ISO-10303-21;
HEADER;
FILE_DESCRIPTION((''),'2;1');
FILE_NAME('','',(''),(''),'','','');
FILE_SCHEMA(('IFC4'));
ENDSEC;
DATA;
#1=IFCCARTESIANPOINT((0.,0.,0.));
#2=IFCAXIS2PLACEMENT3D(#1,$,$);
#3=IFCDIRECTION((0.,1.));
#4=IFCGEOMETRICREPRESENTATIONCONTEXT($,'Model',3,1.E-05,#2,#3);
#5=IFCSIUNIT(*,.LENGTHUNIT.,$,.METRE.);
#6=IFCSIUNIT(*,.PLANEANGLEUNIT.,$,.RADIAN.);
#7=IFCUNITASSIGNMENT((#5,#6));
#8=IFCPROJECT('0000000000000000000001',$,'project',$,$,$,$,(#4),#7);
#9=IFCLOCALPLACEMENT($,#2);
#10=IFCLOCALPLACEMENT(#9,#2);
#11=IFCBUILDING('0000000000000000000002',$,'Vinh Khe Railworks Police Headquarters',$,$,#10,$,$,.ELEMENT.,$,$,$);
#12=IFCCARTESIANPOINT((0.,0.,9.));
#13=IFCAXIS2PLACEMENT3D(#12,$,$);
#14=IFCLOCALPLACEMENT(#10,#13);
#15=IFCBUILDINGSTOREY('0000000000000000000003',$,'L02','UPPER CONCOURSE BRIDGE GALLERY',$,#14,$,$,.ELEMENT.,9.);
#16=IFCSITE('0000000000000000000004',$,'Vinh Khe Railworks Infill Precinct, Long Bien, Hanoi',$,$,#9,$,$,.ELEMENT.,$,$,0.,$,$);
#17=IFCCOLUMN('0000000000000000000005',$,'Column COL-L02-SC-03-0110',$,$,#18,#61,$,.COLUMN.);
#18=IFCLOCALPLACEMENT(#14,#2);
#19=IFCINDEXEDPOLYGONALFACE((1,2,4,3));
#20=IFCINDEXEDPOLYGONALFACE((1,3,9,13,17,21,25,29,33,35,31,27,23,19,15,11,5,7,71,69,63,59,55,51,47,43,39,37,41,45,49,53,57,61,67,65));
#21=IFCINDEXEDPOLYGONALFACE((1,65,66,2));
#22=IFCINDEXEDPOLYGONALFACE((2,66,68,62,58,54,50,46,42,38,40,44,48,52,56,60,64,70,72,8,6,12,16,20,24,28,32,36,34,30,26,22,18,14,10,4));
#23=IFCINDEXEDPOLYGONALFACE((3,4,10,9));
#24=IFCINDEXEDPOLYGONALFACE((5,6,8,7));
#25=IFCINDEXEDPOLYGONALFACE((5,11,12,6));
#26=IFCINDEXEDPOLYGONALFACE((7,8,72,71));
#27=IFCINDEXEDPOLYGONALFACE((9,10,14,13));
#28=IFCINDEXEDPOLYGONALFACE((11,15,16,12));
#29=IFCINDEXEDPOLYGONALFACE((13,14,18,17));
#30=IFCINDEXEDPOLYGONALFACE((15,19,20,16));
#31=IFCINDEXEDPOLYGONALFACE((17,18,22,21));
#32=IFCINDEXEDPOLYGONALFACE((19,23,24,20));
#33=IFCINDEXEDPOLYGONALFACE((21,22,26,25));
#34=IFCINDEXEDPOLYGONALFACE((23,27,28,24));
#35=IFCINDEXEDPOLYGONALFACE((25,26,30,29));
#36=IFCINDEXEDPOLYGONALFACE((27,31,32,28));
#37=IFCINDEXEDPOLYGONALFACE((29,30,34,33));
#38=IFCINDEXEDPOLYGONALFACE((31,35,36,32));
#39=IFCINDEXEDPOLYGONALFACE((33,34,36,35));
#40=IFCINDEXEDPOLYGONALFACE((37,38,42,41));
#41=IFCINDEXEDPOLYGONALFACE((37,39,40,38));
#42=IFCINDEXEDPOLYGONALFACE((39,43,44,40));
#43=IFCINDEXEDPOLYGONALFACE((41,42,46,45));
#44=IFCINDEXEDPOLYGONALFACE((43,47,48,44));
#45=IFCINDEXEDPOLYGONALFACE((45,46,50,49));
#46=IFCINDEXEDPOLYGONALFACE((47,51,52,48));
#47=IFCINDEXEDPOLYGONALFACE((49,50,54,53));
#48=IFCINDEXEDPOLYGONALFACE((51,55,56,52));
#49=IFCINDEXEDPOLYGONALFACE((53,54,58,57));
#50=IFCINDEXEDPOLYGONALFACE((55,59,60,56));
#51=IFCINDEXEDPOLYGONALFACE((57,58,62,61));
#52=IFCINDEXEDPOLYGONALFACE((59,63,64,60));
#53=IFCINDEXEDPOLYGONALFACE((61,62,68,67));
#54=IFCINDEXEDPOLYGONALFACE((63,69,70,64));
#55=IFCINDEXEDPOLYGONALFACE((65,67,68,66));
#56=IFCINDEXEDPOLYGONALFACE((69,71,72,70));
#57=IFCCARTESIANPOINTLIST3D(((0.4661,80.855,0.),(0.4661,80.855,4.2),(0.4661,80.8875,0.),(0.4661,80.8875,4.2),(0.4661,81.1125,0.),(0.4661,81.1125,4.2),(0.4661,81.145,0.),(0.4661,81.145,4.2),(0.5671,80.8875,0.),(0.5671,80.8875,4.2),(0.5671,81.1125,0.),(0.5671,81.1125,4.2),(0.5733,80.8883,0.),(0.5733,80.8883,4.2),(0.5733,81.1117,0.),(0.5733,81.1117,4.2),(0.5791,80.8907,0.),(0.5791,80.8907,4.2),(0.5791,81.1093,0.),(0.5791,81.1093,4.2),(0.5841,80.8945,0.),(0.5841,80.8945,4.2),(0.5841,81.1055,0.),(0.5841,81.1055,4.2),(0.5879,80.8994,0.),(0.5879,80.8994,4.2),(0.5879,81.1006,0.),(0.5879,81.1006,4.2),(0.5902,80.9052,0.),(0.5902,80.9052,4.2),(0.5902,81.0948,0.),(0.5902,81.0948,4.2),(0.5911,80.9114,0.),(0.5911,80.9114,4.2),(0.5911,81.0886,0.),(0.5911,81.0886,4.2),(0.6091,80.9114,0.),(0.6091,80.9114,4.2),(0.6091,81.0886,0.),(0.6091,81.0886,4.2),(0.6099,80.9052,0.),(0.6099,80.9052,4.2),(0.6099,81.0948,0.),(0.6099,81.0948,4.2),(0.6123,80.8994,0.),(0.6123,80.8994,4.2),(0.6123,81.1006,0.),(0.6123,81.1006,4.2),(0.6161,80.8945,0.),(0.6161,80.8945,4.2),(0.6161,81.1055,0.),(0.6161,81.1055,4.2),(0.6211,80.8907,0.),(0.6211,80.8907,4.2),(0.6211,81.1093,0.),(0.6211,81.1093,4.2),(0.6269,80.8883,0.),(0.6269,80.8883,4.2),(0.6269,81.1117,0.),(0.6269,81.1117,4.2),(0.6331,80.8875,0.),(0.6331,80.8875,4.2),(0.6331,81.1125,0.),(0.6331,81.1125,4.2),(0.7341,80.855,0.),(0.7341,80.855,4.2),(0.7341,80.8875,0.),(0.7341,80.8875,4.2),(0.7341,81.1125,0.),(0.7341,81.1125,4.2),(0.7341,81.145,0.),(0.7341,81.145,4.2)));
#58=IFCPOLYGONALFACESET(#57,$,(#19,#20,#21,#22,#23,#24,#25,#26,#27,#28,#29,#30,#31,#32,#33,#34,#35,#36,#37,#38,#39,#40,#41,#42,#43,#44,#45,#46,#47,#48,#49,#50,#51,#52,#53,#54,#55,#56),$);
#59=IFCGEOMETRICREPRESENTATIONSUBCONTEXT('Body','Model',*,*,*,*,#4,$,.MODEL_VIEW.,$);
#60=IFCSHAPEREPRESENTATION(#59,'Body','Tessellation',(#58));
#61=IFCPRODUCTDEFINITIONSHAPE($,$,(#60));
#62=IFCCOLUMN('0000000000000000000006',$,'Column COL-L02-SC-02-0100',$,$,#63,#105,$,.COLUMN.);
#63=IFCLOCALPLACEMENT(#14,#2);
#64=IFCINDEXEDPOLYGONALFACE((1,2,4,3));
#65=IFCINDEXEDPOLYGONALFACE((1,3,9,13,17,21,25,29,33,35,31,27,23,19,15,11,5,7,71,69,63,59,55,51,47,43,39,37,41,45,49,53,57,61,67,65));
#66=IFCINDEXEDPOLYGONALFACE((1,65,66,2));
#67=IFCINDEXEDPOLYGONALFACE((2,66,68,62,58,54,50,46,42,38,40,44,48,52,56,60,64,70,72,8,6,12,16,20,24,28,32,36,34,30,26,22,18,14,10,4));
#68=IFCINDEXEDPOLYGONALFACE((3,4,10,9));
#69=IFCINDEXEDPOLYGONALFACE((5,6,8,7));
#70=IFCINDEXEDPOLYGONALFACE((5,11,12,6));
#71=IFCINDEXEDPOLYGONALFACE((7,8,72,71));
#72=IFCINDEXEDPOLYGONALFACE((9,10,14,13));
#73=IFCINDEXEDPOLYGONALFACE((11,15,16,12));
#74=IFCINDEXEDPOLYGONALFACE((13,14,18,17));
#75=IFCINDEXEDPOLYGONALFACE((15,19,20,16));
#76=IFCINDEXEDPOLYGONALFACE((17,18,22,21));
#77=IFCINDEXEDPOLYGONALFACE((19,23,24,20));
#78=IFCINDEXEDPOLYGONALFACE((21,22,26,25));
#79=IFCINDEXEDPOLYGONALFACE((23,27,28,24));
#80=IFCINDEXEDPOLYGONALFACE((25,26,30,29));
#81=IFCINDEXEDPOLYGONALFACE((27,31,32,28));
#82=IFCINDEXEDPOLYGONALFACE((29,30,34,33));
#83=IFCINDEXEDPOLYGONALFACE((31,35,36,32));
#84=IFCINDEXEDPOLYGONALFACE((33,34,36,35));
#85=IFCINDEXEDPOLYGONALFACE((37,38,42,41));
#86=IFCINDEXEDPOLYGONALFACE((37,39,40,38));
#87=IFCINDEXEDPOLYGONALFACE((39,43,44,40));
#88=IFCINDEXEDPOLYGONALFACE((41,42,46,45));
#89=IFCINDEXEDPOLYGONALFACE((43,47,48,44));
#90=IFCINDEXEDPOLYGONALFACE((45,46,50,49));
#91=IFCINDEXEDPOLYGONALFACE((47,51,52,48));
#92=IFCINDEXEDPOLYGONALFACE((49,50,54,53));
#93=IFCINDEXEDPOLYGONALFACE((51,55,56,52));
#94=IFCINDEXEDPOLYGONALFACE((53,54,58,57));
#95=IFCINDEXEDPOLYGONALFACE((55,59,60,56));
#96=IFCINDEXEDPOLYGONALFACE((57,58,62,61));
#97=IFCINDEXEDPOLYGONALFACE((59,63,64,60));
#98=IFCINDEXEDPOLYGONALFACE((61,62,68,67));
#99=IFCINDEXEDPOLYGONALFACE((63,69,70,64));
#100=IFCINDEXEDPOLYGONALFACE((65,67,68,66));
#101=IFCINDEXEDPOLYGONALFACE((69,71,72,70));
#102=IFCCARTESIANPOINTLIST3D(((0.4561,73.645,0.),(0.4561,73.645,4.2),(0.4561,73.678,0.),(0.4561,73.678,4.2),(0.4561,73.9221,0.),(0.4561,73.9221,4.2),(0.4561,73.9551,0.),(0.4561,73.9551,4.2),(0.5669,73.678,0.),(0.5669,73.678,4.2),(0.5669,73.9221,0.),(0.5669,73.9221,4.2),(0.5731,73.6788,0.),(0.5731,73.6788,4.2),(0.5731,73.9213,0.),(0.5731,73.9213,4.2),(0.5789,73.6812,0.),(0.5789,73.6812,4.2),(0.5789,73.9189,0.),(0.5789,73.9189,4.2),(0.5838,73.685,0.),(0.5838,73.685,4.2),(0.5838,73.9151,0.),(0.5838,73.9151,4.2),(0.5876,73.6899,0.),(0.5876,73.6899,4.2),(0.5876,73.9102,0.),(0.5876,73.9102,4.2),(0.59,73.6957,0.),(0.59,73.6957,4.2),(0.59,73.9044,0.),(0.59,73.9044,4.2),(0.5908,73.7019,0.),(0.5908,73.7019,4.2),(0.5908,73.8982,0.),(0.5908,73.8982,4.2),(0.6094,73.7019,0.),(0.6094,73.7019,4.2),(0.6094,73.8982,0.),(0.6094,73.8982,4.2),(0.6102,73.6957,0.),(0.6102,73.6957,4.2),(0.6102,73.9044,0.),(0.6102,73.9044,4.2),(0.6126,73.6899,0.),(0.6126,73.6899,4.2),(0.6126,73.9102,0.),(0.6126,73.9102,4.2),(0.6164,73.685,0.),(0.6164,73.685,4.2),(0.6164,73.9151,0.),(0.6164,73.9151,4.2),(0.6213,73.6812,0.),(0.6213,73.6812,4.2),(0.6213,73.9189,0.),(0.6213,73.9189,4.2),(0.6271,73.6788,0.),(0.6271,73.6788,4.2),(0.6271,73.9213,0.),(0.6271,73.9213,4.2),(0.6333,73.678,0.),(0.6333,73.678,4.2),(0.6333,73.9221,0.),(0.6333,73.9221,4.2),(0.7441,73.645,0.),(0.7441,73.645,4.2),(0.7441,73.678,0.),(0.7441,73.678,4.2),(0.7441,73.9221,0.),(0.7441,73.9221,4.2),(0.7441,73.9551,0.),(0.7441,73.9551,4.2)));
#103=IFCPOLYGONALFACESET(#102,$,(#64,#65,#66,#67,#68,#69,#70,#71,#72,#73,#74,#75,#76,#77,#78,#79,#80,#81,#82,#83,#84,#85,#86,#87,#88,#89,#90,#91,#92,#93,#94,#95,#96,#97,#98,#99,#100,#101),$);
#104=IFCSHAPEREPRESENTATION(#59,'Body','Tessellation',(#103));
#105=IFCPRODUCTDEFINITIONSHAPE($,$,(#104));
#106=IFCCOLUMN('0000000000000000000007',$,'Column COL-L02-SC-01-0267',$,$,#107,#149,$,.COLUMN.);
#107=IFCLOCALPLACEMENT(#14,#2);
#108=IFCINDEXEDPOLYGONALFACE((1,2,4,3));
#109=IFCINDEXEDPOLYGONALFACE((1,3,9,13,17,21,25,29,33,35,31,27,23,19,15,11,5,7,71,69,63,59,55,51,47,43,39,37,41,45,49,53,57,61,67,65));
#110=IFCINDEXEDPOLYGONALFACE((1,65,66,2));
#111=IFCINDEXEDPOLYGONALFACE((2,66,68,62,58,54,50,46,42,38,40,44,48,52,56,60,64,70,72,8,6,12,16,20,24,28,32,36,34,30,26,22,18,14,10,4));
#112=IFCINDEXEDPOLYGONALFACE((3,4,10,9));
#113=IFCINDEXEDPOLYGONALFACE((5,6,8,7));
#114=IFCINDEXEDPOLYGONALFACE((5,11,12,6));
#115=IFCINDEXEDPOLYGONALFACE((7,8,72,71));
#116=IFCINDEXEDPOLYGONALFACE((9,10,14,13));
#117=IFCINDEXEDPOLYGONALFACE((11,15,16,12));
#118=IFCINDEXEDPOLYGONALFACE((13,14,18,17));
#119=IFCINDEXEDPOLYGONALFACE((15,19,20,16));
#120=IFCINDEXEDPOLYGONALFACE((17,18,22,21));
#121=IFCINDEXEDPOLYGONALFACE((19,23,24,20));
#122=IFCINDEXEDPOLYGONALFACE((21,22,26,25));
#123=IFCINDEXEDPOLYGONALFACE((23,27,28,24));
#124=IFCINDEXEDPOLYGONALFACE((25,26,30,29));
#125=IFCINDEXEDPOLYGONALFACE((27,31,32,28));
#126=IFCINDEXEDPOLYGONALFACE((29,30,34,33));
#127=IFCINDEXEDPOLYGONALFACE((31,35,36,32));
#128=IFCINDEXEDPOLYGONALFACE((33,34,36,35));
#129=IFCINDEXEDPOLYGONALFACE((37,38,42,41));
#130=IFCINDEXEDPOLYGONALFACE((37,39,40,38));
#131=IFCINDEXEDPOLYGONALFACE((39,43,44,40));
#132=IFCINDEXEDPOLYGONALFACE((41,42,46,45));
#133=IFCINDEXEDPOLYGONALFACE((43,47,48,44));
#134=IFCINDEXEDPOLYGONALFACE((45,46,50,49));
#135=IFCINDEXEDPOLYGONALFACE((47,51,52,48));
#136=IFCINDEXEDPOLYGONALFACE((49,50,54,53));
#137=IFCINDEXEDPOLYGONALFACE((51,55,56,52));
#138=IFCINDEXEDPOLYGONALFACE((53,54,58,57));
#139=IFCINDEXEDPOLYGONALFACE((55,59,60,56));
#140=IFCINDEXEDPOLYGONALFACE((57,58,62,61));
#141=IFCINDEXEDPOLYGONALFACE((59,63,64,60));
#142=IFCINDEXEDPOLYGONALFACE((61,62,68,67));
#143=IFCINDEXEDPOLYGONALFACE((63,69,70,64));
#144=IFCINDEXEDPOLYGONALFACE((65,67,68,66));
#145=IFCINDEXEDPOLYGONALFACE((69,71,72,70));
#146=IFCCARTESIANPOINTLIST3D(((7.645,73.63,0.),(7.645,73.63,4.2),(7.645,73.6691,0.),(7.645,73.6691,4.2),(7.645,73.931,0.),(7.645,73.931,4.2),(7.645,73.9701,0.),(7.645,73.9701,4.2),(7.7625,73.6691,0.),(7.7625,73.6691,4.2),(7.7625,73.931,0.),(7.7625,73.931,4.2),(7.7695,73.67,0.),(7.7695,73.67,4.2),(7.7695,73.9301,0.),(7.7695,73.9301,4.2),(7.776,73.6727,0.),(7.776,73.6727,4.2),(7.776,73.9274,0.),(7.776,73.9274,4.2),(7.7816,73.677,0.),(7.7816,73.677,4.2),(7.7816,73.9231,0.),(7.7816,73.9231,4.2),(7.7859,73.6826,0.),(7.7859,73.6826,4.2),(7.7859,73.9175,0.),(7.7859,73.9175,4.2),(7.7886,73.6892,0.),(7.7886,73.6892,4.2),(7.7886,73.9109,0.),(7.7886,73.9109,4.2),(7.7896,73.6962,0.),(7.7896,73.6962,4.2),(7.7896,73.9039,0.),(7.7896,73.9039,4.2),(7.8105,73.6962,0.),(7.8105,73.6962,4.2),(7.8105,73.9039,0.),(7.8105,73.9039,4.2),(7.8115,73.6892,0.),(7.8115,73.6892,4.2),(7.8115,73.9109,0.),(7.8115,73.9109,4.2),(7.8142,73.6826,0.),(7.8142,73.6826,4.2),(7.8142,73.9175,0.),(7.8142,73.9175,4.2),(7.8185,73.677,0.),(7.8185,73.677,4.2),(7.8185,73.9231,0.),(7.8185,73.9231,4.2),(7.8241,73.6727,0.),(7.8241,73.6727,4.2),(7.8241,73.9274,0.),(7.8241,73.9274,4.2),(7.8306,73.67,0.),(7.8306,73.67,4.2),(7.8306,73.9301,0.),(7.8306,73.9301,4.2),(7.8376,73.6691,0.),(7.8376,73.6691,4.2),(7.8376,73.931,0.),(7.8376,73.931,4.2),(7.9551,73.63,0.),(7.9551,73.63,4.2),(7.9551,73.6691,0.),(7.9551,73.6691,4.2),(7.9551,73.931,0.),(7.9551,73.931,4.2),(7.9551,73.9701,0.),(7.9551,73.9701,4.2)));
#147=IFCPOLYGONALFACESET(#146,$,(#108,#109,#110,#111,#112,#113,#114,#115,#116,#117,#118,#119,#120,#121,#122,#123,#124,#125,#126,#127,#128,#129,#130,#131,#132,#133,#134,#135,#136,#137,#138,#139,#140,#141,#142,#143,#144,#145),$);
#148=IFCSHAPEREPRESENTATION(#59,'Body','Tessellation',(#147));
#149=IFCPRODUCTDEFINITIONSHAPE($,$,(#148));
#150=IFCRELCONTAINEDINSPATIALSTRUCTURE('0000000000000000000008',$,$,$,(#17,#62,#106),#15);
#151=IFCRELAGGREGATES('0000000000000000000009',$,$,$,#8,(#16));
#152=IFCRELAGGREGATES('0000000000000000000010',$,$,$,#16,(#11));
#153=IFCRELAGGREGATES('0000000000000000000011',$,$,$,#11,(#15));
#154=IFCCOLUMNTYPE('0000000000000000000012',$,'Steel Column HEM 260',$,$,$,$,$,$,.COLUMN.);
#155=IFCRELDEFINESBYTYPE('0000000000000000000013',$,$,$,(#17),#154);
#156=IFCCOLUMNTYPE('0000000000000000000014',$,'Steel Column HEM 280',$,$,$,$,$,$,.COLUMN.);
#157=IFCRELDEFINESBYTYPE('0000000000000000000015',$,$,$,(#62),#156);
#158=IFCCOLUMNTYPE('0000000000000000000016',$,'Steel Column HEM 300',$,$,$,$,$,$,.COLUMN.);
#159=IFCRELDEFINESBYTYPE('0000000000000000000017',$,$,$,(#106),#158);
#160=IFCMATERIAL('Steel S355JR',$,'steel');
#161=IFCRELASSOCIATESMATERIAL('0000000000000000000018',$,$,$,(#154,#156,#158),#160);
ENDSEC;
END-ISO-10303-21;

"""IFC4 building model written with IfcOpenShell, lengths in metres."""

from ifc_helpers import new_model, si_unit, direction, frame, origin, origin_2d, place, context, subcontext, project, spatial, i_section, extrude, material, material_profile, profile_set, type_object, element, save


model = new_model("IFC4")

# Units and contexts
model_context = context("Model", 3, precision=1e-05, world=origin(), true_north=direction((0.0, 1.0)))
body_context = subcontext(model_context, "Body", "Model", "MODEL_VIEW")
ifc_project = project(units=[si_unit("LENGTHUNIT", "METRE"), si_unit("PLANEANGLEUNIT", "RADIAN")], contexts=[model_context])

# Site, building, storey
site_placement = place(None, origin())
site = spatial("IfcSite", under=ifc_project, at=site_placement, Name="Vinh Khe Railworks Infill Precinct, Long Bien, Hanoi", CompositionType="ELEMENT", RefElevation=0.0)
building_placement = place(site_placement, origin())
building = spatial("IfcBuilding", under=site, at=building_placement, Name="Vinh Khe Railworks Police Headquarters", CompositionType="ELEMENT")
storey_placement = place(building_placement, frame((0.0, 0.0, 9.0)))
storey = spatial("IfcBuildingStorey", under=building, at=storey_placement, Name="L02", Description="UPPER CONCOURSE BRIDGE GALLERY", CompositionType="ELEMENT", Elevation=9.0)

# Columns
ifc_material_1 = material(Name="Steel S355JR", Category="steel")
ifc_material_profile_1 = material_profile(ifc_material_1, i_section(OverallWidth=0.2681, OverallDepth=0.29, WebThickness=0.0181, FlangeThickness=0.0325, FilletRadius=0.0239, at=origin_2d()), Name="HEM 260")
ifc_profile_set_1 = profile_set([ifc_material_profile_1], Name="Steel S355JR")
column_type_1 = type_object("IfcColumnType", Name="Steel Column HEM 260", PredefinedType="COLUMN", material=ifc_profile_set_1)
column_1_placement = place(storey_placement, frame((0.6001, 81.0, 0.0), z_axis=(0.0, 0.0, 1.0), x_axis=(1.0, 0.0, 0.0)))
element("IfcColumn", 1, at=column_1_placement, inside=storey, type_object=column_type_1, Name="Column COL-L02-SC-03-0110", PredefinedType="COLUMN", context=body_context, shape_type="SweptSolid", body=[
    extrude(i_section(OverallWidth=0.2681, OverallDepth=0.29, WebThickness=0.0181, FlangeThickness=0.0325, FilletRadius=0.0239, at=origin_2d()), origin(), (0.0, 0.0, 1.0), 4.2),
])
ifc_material_profile_2 = material_profile(ifc_material_1, i_section(OverallWidth=0.2881, OverallDepth=0.3101, WebThickness=0.0186, FlangeThickness=0.033, FilletRadius=0.0239, at=origin_2d()), Name="HEM 280")
ifc_profile_set_2 = profile_set([ifc_material_profile_2], Name="Steel S355JR")
column_type_2 = type_object("IfcColumnType", Name="Steel Column HEM 280", PredefinedType="COLUMN", material=ifc_profile_set_2)
column_2_placement = place(storey_placement, frame((0.6001, 73.8, 0.0), z_axis=(0.0, 0.0, 1.0), x_axis=(1.0, 0.0, 0.0)))
element("IfcColumn", 2, at=column_2_placement, inside=storey, type_object=column_type_2, Name="Column COL-L02-SC-02-0100", PredefinedType="COLUMN", context=body_context, shape_type="SweptSolid", body=[
    extrude(i_section(OverallWidth=0.2881, OverallDepth=0.3101, WebThickness=0.0186, FlangeThickness=0.033, FilletRadius=0.0239, at=origin_2d()), origin(), (0.0, 0.0, 1.0), 4.2),
])
ifc_material_profile_3 = material_profile(ifc_material_1, i_section(OverallWidth=0.3101, OverallDepth=0.3401, WebThickness=0.021, FlangeThickness=0.0391, FilletRadius=0.0271, at=origin_2d()), Name="HEM 300")
ifc_profile_set_3 = profile_set([ifc_material_profile_3], Name="Steel S355JR")
column_type_3 = type_object("IfcColumnType", Name="Steel Column HEM 300", PredefinedType="COLUMN", material=ifc_profile_set_3)
column_3_placement = place(storey_placement, frame((7.8, 73.8, 0.0), z_axis=(0.0, 0.0, 1.0), x_axis=(1.0, 0.0, 0.0)))
element("IfcColumn", 3, at=column_3_placement, inside=storey, type_object=column_type_3, Name="Column COL-L02-SC-01-0267", PredefinedType="COLUMN", context=body_context, shape_type="SweptSolid", body=[
    extrude(i_section(OverallWidth=0.3101, OverallDepth=0.3401, WebThickness=0.021, FlangeThickness=0.0391, FilletRadius=0.0271, at=origin_2d()), origin(), (0.0, 0.0, 1.0), 4.2),
])

save(model, "model.ifc")
